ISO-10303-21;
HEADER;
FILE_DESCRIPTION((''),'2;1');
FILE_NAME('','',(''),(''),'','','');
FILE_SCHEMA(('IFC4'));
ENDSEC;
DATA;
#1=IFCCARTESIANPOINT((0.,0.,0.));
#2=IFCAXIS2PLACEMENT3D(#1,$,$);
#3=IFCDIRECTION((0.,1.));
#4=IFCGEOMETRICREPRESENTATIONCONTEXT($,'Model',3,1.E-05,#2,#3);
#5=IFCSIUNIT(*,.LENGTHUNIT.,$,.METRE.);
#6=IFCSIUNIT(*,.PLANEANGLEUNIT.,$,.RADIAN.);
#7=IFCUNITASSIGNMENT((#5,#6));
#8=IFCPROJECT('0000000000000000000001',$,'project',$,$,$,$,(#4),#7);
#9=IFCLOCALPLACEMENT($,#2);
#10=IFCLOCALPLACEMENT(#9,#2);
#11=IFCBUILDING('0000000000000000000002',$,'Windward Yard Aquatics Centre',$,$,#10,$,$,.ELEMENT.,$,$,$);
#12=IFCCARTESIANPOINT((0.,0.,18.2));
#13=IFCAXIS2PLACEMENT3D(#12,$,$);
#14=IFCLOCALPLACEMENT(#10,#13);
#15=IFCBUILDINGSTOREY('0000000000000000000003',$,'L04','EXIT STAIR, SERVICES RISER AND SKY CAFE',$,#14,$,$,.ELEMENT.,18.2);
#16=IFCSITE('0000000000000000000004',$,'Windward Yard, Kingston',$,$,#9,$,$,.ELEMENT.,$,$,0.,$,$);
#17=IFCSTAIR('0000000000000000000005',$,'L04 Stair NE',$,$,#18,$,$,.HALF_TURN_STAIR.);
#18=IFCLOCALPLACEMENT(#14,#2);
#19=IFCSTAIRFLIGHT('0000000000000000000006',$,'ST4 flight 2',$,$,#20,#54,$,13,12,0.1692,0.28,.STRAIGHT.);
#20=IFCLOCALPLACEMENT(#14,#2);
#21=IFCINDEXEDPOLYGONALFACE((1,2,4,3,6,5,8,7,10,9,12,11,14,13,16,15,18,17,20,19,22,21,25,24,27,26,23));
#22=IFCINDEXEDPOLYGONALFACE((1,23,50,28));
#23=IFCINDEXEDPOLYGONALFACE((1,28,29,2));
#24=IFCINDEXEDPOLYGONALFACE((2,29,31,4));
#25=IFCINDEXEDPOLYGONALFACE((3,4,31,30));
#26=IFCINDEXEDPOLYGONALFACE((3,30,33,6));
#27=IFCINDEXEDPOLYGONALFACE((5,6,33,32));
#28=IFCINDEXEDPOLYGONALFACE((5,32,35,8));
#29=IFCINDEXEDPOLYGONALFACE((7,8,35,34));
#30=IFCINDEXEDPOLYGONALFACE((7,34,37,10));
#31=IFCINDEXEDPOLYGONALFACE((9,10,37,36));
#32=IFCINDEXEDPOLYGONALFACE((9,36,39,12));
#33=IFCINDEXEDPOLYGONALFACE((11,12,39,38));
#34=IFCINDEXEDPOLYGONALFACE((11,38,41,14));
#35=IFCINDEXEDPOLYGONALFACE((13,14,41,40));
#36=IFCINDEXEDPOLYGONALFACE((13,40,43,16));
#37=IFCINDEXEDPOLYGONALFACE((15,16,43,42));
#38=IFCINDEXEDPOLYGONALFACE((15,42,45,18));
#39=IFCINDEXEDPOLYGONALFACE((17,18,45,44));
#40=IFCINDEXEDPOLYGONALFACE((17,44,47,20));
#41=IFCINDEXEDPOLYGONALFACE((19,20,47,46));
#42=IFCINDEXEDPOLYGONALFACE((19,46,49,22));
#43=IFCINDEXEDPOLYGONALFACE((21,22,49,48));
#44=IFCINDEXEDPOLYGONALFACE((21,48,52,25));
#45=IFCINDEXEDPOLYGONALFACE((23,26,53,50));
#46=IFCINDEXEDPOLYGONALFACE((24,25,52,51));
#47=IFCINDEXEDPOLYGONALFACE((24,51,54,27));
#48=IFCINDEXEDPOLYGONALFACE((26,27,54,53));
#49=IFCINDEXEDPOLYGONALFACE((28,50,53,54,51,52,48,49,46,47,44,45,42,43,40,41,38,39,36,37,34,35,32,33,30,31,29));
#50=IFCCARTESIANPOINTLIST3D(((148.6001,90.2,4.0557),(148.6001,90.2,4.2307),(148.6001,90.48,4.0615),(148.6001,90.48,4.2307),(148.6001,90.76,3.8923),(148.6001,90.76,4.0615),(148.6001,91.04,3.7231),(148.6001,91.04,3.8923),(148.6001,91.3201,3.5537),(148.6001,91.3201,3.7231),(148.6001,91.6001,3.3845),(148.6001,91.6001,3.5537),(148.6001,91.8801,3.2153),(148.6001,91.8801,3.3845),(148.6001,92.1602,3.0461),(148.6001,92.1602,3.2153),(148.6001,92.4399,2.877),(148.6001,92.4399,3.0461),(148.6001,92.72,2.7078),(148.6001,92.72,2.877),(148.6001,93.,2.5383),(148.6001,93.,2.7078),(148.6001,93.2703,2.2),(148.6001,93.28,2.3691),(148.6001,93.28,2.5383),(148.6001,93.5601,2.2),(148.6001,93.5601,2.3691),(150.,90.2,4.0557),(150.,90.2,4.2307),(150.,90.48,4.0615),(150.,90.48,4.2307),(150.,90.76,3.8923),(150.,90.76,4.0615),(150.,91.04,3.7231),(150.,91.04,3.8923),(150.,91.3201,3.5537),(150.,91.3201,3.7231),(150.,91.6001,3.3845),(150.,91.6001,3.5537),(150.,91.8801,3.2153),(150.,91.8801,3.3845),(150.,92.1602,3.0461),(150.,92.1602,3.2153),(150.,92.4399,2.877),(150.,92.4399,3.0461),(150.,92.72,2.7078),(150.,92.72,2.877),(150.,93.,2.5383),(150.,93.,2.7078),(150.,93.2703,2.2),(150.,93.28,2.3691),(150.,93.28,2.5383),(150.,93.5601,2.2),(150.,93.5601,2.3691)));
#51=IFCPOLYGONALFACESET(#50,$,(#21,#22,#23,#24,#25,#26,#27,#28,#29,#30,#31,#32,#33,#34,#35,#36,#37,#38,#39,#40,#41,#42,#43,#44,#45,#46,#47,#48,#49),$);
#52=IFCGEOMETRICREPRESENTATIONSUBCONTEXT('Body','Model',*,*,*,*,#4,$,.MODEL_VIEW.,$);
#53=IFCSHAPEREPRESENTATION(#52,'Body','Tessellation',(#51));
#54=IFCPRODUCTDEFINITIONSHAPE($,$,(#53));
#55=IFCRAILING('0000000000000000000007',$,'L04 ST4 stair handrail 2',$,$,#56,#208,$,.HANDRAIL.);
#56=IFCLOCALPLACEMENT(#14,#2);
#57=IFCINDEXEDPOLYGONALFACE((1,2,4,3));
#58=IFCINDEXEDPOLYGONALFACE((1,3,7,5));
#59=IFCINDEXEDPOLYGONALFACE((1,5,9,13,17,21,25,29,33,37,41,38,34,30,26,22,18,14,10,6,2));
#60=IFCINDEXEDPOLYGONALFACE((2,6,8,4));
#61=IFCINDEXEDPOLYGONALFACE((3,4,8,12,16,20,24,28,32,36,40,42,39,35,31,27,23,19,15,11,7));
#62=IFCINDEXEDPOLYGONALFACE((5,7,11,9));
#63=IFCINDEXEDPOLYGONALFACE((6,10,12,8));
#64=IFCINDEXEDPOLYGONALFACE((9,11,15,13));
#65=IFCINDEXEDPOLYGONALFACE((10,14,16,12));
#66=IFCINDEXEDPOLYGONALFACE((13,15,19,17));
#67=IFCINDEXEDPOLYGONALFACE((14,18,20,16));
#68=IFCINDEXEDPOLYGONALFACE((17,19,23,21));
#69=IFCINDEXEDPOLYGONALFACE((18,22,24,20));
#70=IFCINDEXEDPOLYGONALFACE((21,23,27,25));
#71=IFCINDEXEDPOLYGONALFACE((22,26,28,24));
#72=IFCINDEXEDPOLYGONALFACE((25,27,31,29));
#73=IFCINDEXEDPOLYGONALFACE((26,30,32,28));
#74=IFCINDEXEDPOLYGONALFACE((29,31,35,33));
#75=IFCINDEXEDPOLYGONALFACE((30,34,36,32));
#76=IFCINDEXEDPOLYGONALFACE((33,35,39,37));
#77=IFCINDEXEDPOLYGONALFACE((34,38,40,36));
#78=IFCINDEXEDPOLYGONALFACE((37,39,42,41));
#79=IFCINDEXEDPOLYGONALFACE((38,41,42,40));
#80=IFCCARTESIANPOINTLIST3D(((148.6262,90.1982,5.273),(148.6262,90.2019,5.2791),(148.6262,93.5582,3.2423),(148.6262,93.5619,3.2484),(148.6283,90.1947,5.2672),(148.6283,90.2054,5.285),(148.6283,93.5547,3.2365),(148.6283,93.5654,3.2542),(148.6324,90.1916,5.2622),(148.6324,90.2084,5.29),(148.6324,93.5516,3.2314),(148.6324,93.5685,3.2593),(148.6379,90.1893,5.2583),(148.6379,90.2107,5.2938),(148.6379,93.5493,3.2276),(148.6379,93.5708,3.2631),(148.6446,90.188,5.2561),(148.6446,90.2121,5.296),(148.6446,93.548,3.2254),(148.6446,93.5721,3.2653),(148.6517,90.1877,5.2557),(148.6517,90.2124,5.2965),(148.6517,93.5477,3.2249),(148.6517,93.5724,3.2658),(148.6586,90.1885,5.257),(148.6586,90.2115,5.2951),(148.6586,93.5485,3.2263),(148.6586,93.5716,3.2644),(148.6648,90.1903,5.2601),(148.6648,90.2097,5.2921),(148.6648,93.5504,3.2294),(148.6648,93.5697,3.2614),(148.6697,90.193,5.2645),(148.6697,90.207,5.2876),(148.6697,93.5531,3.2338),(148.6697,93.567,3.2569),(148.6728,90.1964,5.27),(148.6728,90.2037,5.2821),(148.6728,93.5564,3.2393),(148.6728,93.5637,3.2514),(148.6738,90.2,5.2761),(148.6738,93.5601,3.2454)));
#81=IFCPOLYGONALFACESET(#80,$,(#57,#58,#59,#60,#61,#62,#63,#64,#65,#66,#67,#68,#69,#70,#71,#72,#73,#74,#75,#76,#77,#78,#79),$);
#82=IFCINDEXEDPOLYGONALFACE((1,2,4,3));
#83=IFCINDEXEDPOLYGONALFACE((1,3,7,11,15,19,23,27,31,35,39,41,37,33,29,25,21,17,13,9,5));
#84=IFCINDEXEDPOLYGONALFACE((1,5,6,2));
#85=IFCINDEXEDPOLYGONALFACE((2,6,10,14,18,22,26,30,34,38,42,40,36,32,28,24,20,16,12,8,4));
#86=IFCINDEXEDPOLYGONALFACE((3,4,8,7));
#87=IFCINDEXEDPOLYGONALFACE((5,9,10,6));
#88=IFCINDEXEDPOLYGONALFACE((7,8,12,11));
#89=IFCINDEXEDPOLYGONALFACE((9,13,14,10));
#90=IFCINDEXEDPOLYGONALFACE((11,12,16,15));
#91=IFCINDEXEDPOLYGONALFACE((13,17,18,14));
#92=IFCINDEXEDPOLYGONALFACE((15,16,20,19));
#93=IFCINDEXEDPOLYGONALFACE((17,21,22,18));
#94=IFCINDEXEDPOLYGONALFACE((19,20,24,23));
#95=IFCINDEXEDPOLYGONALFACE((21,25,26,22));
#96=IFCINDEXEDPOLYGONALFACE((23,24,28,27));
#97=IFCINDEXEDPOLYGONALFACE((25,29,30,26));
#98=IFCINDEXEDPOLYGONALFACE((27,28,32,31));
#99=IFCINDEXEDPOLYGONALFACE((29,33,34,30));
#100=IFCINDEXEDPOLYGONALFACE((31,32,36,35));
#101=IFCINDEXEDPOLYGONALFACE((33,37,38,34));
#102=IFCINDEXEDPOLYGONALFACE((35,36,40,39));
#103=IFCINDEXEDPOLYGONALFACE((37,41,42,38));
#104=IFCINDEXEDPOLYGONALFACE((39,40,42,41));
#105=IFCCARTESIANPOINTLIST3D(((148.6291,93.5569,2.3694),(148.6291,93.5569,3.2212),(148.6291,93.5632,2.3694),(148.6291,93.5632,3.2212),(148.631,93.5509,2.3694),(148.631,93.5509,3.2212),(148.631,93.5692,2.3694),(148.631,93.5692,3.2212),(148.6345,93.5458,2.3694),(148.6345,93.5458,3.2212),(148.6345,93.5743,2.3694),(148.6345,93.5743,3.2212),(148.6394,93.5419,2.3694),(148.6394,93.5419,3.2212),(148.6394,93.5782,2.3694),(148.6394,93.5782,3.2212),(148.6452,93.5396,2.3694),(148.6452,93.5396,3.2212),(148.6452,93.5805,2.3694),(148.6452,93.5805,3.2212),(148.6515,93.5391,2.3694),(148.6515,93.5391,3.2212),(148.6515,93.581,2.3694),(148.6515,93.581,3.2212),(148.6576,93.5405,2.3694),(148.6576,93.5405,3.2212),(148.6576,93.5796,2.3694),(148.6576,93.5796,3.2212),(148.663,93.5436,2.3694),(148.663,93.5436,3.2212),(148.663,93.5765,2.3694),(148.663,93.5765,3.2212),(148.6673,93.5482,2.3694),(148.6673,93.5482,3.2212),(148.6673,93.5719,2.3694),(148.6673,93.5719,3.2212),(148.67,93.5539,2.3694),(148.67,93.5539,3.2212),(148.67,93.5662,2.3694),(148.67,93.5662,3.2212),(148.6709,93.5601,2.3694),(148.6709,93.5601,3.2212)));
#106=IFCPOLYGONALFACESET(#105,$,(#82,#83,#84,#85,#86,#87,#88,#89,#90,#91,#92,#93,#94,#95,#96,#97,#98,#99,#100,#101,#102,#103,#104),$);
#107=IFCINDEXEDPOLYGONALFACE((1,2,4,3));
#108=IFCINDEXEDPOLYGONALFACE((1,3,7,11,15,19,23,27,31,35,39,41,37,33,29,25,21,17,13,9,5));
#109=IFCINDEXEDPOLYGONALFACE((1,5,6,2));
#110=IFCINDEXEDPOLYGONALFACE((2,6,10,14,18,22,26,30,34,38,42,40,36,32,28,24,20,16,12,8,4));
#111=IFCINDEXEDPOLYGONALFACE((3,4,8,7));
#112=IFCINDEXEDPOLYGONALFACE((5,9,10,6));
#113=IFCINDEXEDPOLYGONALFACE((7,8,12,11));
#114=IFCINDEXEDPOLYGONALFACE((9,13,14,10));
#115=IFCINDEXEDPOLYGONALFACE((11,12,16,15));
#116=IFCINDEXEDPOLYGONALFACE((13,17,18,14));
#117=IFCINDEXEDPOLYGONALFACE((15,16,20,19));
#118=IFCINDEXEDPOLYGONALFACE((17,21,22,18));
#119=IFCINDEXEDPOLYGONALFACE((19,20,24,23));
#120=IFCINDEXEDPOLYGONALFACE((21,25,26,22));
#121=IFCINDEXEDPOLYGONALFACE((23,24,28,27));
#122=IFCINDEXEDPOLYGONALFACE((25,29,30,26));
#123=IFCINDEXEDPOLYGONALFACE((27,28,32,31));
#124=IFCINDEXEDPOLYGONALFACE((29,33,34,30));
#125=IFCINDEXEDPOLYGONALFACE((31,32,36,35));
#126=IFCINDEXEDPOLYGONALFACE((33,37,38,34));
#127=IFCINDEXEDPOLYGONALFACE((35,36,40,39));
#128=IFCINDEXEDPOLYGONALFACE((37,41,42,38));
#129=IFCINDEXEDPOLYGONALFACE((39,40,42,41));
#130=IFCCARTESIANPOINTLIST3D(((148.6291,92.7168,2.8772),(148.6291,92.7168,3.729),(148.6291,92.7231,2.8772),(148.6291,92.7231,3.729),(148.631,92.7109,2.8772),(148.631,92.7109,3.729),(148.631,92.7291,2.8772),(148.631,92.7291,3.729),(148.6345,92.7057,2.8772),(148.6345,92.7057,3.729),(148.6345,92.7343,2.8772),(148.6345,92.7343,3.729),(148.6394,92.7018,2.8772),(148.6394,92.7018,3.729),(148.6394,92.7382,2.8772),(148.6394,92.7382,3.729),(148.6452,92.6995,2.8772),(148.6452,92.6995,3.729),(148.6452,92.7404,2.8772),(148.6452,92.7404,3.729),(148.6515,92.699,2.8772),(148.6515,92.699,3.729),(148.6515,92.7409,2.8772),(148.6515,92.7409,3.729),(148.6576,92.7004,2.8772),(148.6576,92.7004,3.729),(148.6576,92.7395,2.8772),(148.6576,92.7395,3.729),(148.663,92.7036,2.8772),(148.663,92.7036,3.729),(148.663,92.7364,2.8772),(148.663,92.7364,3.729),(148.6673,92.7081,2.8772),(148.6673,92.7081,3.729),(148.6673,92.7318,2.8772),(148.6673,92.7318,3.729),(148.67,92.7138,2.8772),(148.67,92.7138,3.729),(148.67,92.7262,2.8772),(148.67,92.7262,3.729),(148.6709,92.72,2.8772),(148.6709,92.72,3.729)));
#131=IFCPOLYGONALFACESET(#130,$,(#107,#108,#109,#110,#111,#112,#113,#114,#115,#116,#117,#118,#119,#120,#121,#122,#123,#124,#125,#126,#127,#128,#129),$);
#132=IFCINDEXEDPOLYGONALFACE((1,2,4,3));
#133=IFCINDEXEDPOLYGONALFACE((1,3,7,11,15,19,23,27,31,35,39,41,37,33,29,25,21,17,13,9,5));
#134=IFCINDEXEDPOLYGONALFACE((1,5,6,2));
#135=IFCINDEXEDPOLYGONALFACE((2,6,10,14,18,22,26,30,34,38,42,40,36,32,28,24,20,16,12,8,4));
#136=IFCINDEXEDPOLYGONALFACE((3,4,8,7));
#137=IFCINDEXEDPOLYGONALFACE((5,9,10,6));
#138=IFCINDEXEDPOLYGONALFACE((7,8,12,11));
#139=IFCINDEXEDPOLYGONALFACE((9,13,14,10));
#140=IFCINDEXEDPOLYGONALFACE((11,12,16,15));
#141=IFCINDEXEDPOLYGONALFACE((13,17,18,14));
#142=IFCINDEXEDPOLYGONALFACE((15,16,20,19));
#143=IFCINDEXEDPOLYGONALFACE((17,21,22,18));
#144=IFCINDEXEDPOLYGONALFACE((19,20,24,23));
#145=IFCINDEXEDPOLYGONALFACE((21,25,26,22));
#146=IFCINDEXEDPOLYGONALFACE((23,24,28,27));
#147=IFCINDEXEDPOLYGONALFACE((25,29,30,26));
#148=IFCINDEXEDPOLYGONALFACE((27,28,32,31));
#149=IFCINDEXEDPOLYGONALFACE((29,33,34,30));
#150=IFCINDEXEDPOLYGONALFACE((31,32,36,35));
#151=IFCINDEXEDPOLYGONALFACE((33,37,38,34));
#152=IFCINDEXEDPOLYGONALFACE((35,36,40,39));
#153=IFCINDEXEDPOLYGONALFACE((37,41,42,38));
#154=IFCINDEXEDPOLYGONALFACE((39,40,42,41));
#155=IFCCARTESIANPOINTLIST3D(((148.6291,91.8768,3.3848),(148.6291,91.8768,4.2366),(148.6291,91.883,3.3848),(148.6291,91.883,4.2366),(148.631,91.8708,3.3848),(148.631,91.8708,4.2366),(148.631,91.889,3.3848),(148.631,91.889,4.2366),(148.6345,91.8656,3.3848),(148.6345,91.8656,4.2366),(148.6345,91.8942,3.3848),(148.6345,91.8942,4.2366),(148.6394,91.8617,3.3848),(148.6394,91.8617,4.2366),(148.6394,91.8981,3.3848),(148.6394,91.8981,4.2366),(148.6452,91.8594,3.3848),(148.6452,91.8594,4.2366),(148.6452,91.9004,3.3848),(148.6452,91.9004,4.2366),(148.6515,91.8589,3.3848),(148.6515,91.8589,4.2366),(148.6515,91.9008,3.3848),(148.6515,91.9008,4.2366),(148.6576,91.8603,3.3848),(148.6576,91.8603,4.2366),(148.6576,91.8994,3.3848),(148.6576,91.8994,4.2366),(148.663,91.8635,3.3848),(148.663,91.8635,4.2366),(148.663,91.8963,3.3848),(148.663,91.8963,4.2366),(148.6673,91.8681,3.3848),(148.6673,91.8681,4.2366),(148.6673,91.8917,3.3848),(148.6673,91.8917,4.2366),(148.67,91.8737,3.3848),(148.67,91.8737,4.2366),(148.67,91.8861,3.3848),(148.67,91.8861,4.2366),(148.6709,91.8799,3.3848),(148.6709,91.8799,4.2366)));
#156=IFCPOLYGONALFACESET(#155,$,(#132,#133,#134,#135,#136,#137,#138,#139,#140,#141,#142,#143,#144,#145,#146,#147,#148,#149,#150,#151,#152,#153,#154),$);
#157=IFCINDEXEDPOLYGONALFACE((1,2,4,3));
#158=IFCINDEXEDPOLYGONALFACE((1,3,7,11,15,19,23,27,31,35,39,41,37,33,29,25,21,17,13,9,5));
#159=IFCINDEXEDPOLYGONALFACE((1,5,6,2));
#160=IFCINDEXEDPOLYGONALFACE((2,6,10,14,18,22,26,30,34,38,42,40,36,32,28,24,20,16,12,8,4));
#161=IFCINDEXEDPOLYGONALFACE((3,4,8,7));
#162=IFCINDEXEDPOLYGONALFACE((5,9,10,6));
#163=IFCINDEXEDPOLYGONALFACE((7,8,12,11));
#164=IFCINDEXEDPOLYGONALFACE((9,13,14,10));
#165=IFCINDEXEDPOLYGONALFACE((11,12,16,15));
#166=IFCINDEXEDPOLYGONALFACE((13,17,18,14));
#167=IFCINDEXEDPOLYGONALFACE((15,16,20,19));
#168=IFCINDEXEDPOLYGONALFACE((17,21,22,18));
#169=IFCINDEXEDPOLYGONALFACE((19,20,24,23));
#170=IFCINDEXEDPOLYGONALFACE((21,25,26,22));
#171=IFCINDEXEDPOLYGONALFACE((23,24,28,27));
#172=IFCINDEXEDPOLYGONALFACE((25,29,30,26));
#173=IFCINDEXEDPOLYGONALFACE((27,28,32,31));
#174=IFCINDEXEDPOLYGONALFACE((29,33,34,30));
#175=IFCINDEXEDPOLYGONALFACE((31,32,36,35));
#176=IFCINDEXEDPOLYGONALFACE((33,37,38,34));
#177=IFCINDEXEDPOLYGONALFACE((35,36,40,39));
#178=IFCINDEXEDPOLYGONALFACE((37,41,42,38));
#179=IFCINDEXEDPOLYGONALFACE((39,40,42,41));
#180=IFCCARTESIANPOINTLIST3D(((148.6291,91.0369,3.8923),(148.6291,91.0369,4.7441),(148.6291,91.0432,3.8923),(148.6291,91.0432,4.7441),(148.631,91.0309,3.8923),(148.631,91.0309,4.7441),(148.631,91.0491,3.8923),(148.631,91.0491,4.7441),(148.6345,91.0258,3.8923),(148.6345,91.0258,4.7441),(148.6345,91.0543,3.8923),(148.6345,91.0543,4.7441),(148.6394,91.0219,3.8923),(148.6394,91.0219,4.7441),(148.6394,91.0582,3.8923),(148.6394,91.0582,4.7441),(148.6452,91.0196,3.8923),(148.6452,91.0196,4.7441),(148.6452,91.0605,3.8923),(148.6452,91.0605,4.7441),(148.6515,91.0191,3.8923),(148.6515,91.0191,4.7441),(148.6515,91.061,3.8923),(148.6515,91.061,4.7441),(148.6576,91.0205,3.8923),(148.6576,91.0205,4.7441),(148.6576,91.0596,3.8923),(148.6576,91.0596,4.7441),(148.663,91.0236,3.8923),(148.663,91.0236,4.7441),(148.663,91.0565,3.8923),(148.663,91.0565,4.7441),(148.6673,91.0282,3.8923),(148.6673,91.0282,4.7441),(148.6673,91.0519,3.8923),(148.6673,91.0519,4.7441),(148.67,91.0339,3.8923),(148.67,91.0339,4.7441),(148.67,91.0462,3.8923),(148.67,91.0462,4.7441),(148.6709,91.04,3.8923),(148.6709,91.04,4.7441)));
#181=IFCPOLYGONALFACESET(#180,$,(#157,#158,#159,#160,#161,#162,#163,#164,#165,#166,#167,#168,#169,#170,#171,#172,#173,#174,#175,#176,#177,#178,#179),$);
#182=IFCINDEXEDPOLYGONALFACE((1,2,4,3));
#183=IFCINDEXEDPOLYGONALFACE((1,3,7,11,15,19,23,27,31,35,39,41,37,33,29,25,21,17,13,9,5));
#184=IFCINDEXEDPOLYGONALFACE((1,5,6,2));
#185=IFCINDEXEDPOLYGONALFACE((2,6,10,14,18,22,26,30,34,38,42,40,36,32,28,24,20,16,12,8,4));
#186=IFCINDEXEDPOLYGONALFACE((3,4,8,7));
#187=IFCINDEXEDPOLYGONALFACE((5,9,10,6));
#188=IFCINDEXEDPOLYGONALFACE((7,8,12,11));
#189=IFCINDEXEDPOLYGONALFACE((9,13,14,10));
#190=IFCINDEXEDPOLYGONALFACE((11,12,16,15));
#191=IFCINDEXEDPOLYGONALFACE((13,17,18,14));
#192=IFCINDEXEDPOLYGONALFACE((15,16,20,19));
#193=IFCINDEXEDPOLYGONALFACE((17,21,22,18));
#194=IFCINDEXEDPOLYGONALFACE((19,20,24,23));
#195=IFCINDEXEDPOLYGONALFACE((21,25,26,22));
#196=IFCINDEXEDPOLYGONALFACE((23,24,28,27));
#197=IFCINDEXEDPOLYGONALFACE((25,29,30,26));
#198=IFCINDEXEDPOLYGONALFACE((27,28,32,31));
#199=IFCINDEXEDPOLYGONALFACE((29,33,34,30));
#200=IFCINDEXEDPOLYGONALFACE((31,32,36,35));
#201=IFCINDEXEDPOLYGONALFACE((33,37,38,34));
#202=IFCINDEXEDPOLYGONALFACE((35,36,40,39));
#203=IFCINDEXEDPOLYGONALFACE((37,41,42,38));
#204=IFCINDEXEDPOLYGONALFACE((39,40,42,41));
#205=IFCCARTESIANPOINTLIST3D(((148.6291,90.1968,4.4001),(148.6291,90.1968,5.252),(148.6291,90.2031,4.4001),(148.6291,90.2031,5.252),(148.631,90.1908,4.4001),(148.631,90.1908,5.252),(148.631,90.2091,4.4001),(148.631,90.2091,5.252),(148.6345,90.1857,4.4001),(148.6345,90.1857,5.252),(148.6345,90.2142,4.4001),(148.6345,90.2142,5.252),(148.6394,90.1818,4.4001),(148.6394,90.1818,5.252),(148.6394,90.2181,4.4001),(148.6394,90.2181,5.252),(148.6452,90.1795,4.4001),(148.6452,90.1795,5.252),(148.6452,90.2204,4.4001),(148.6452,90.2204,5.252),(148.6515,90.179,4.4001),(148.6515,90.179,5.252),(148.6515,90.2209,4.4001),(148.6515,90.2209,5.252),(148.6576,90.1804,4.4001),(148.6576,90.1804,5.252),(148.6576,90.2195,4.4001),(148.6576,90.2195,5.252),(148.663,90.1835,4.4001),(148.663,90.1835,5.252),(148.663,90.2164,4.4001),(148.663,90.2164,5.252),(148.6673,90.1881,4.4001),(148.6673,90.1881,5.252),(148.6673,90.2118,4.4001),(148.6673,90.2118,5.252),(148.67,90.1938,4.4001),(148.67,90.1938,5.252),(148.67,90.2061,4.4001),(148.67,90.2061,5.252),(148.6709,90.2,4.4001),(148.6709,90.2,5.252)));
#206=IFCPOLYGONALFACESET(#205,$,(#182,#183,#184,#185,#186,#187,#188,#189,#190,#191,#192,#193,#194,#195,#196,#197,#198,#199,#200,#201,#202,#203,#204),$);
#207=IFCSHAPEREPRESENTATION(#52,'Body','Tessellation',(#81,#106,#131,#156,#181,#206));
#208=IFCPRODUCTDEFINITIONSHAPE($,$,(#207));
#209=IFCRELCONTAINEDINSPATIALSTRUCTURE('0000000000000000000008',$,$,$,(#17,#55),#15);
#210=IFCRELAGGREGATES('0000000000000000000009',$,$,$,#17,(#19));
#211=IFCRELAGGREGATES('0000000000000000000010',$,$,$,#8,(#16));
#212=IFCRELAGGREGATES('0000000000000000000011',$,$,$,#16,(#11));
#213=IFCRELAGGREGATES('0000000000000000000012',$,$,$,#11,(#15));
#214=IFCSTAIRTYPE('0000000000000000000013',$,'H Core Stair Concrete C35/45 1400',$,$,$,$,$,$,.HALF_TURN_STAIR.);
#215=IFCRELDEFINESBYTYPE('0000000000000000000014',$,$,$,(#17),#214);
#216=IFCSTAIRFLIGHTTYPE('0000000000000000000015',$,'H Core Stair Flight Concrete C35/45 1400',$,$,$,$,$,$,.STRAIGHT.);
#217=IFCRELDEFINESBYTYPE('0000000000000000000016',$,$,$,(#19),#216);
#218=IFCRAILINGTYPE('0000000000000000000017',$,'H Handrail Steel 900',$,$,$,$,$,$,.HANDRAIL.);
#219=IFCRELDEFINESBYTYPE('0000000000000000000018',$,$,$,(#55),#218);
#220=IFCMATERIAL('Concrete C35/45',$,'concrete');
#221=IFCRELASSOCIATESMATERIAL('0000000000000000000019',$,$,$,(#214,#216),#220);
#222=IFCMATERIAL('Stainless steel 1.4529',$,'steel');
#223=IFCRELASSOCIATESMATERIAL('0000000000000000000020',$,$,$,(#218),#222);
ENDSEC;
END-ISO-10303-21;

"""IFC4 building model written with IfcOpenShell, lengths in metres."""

from ifc_helpers import new_model, si_unit, direction, frame, origin, origin_2d, place, context, subcontext, project, spatial, polyline, circle, outline, extrude, material, type_object, element, aggregate, save


model = new_model("IFC4")

# Units and contexts
model_context = context("Model", 3, precision=1e-05, world=origin(), true_north=direction((0.0, 1.0)))
body_context = subcontext(model_context, "Body", "Model", "MODEL_VIEW")
ifc_project = project(units=[si_unit("LENGTHUNIT", "METRE"), si_unit("PLANEANGLEUNIT", "RADIAN")], contexts=[model_context])

# Site, building, storey
site_placement = place(None, origin())
site = spatial("IfcSite", under=ifc_project, at=site_placement, Name="Windward Yard, Kingston", CompositionType="ELEMENT", RefElevation=0.0)
building_placement = place(site_placement, origin())
building = spatial("IfcBuilding", under=site, at=building_placement, Name="Windward Yard Aquatics Centre", CompositionType="ELEMENT")
storey_placement = place(building_placement, frame((0.0, 0.0, 18.2)))
storey = spatial("IfcBuildingStorey", under=building, at=storey_placement, Name="L04", Description="EXIT STAIR, SERVICES RISER AND SKY CAFE", CompositionType="ELEMENT", Elevation=18.2)

# Shared definitions
ifc_material_1 = material(Name="Concrete C35/45", Category="concrete")

# Stair, stair flight
stair_type = type_object("IfcStairType", Name="H Core Stair Concrete C35/45 1400", PredefinedType="HALF_TURN_STAIR", material=ifc_material_1)
stair_placement = place(storey_placement, origin())
stair = element("IfcStair", 1, at=stair_placement, inside=storey, type_object=stair_type, Name="L04 Stair NE", PredefinedType="HALF_TURN_STAIR")
stair_flight_type = type_object("IfcStairFlightType", Name="H Core Stair Flight Concrete C35/45 1400", PredefinedType="STRAIGHT", material=ifc_material_1)
stair_flight_placement = place(storey_placement, frame((149.3, 93.5601, 2.2), z_axis=(0.0, 0.0, 1.0), x_axis=(0.0, -1.0, 0.0)))
stair_flight = element("IfcStairFlight", 2, at=stair_flight_placement, type_object=stair_flight_type, Name="ST4 flight 2", NumberOfRisers=13, NumberOfTreads=12, PredefinedType="STRAIGHT", RiserHeight=0.1692, TreadLength=0.28, context=body_context, shape_type="SweptSolid", body=[
    extrude(outline(polyline([(0.0, 0.0), (0.0, 0.1692), (0.28, 0.1692), (0.28, 0.3384), (0.5601, 0.3384), (0.5601, 0.5078), (0.8401, 0.5078), (0.8401, 0.677), (1.1201, 0.677), (1.1201, 0.8462), (1.3999, 0.8462), (1.3999, 1.0154), (1.6799, 1.0154), (1.6799, 1.1846), (1.96, 1.1846), (1.96, 1.3538), (2.24, 1.3538), (2.24, 1.5232), (2.52, 1.5232), (2.52, 1.6924), (2.8, 1.6924), (2.8, 1.8616), (3.0801, 1.8616), (3.0801, 2.0308), (3.3601, 2.0308), (3.3601, 2.2), (3.3601, 1.8557), (0.2898, 0.0), (0.0, 0.0)])), frame((0.0, 0.7, 0.0), z_axis=(0.0, -1.0, 0.0), x_axis=(1.0, 0.0, 0.0)), (0.0, 0.0, 1.0), 1.3999),
])
aggregate(stair, [stair_flight])

# Railing
ifc_material_2 = material(Name="Stainless steel 1.4529", Category="steel")
railing_type = type_object("IfcRailingType", Name="H Handrail Steel 900", PredefinedType="HANDRAIL", material=ifc_material_2)
railing_placement = place(storey_placement, frame((148.6499, 93.5601, 2.3694)))
element("IfcRailing", 3, at=railing_placement, inside=storey, type_object=railing_type, Name="L04 ST4 stair handrail 2", PredefinedType="HANDRAIL", context=body_context, shape_type="SweptSolid", body=[
    extrude(circle(Radius=0.0239, at=origin_2d()), frame((0.0, 0.0, 0.876), z_axis=(0.0, -0.855837, 0.517246), x_axis=(1.0, 0.0, 0.0)), (0.0, 0.0, 1.0), 3.926),
    extrude(circle(Radius=0.021, at=origin_2d()), origin(), (0.0, 0.0, 1.0), 0.8518),
    extrude(circle(Radius=0.021, at=origin_2d()), frame((0.0, -0.8401, 0.5078)), (0.0, 0.0, 1.0), 0.8518),
    extrude(circle(Radius=0.021, at=origin_2d()), frame((0.0, -1.6802, 1.0154)), (0.0, 0.0, 1.0), 0.8518),
    extrude(circle(Radius=0.021, at=origin_2d()), frame((0.0, -2.52, 1.5229)), (0.0, 0.0, 1.0), 0.8518),
    extrude(circle(Radius=0.021, at=origin_2d()), frame((0.0, -3.3601, 2.0308)), (0.0, 0.0, 1.0), 0.8518),
])

save(model, "model.ifc")
